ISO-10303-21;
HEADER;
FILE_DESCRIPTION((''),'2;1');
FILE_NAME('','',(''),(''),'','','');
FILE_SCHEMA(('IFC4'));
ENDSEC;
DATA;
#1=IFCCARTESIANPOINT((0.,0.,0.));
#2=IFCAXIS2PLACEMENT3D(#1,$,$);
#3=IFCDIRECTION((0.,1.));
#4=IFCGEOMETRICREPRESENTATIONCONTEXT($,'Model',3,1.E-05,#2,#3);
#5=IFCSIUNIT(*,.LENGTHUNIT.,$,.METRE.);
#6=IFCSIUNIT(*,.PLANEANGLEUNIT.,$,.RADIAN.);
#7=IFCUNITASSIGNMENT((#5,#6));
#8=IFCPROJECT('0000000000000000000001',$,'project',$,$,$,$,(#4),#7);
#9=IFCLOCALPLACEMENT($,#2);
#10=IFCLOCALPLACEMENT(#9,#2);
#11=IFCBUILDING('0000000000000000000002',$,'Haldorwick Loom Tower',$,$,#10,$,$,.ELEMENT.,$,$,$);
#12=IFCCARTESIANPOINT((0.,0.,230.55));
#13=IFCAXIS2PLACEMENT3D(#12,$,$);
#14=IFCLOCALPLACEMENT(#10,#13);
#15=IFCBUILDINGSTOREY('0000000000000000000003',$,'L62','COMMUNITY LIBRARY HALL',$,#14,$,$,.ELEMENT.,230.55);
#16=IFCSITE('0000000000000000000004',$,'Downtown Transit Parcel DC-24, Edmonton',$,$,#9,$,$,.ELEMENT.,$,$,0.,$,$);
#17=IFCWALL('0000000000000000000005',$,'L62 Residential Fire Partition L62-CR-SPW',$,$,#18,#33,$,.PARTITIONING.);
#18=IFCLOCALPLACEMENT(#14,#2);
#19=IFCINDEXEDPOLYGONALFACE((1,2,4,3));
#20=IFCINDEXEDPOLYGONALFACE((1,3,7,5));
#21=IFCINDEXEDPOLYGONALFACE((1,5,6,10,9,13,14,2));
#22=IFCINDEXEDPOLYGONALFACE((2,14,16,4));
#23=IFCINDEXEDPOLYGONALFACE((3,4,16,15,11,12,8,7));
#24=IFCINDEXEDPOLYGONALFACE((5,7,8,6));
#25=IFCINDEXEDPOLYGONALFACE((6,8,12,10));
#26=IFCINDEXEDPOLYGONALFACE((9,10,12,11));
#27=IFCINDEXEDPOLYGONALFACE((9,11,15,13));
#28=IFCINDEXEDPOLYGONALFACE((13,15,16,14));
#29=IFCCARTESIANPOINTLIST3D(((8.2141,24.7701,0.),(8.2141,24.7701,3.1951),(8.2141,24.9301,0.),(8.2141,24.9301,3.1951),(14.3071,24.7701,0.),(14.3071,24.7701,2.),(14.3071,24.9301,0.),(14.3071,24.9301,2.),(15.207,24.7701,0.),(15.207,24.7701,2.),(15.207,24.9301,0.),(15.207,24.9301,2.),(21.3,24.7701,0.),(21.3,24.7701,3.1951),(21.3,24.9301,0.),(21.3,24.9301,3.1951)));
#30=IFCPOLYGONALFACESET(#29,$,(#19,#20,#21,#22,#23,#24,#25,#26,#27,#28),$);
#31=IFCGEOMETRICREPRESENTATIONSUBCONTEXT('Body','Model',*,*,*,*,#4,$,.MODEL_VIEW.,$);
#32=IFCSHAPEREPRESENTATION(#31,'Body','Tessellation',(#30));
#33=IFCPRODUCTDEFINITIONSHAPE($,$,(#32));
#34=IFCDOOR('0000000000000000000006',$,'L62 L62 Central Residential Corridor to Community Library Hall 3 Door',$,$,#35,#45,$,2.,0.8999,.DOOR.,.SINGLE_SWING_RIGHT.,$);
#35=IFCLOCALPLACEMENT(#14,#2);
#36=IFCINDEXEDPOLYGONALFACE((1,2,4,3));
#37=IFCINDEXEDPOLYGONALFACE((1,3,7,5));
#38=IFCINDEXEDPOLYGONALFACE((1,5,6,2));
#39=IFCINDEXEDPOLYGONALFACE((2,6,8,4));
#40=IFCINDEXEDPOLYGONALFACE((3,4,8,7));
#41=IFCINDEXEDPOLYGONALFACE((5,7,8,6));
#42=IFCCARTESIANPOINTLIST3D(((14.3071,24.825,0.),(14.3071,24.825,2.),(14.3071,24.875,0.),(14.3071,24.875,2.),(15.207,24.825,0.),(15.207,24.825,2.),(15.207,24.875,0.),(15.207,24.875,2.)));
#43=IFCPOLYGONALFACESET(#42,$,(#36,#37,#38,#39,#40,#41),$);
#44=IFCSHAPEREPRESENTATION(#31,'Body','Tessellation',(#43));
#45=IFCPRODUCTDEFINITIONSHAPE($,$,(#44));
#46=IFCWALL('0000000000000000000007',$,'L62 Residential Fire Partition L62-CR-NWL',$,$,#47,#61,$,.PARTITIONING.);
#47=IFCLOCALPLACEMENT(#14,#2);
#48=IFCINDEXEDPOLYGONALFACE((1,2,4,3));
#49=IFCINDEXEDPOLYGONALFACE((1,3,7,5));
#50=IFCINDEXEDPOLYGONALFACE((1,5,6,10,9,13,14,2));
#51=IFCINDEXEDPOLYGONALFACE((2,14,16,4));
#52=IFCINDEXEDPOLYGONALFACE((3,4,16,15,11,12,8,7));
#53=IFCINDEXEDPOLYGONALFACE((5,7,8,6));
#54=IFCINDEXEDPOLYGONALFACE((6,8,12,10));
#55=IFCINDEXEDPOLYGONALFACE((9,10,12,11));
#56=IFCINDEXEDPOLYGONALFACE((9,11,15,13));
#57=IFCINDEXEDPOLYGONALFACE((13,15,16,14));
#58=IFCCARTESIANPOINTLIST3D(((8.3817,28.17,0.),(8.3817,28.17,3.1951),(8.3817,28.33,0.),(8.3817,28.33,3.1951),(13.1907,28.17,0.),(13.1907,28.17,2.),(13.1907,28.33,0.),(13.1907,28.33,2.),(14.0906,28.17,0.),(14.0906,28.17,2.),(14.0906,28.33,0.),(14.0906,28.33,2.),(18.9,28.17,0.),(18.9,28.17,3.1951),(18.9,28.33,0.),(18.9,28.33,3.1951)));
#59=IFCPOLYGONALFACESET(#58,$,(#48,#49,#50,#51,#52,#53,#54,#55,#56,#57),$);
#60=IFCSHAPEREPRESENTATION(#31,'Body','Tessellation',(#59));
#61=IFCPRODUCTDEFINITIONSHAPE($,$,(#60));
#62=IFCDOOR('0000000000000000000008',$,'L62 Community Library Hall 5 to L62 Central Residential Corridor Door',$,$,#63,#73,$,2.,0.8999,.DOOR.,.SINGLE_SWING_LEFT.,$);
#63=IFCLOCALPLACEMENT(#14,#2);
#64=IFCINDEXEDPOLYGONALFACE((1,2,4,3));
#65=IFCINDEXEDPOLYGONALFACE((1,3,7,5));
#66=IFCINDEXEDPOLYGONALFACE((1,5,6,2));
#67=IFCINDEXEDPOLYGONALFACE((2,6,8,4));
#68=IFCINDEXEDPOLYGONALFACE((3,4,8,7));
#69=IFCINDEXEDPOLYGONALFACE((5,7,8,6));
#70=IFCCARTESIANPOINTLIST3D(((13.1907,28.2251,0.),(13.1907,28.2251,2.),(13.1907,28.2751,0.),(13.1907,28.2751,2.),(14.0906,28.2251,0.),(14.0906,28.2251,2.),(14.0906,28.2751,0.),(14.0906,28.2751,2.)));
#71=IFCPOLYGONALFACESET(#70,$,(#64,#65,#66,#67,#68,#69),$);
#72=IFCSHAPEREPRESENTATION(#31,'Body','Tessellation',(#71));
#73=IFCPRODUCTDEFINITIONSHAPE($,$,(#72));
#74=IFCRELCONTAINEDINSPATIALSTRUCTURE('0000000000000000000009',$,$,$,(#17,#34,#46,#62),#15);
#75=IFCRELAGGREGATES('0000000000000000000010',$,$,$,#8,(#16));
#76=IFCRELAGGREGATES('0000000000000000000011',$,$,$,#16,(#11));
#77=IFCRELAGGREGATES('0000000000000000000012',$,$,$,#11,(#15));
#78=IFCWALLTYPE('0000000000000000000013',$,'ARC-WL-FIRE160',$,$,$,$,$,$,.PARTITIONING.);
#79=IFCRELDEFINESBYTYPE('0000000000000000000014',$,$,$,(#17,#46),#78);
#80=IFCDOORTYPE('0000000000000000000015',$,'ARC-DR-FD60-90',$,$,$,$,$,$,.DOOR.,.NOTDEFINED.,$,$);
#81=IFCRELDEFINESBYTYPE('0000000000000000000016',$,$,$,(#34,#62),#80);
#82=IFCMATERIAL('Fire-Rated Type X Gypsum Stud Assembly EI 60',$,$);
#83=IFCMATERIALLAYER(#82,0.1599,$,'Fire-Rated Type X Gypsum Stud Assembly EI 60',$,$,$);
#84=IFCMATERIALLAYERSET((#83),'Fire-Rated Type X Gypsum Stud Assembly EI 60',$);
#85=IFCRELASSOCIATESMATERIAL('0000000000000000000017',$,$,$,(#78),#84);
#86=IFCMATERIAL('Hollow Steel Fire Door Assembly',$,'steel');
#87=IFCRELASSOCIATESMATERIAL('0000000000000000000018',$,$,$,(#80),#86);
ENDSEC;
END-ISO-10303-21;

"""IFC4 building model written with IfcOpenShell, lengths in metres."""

from ifc_helpers import new_model, si_unit, direction, frame, frame_2d, origin, place, context, subcontext, project, spatial, rectangle, extrude, material, layer, layer_set, type_object, element, fill, save


model = new_model("IFC4")

# Units and contexts
model_context = context("Model", 3, precision=1e-05, world=origin(), true_north=direction((0.0, 1.0)))
body_context = subcontext(model_context, "Body", "Model", "MODEL_VIEW")
ifc_project = project(units=[si_unit("LENGTHUNIT", "METRE"), si_unit("PLANEANGLEUNIT", "RADIAN")], contexts=[model_context])

# Site, building, storey
site_placement = place(None, origin())
site = spatial("IfcSite", under=ifc_project, at=site_placement, Name="Downtown Transit Parcel DC-24, Edmonton", CompositionType="ELEMENT", RefElevation=0.0)
building_placement = place(site_placement, origin())
building = spatial("IfcBuilding", under=site, at=building_placement, Name="Haldorwick Loom Tower", CompositionType="ELEMENT")
storey_placement = place(building_placement, frame((0.0, 0.0, 230.55)))
storey = spatial("IfcBuildingStorey", under=building, at=storey_placement, Name="L62", Description="COMMUNITY LIBRARY HALL", CompositionType="ELEMENT", Elevation=230.55)

# Shared definitions
ifc_material_1 = material(Name="Fire-Rated Type X Gypsum Stud Assembly EI 60")
ifc_layer_1 = layer(ifc_material_1, 0.1599, Name="Fire-Rated Type X Gypsum Stud Assembly EI 60")
ifc_layer_set_1 = layer_set([ifc_layer_1], Name="Fire-Rated Type X Gypsum Stud Assembly EI 60")
wall_type_1 = type_object("IfcWallType", Name="ARC-WL-FIRE160", PredefinedType="PARTITIONING", material=ifc_layer_set_1)
ifc_material_2 = material(Name="Hollow Steel Fire Door Assembly", Category="steel")
door_type = type_object("IfcDoorType", Name="ARC-DR-FD60-90", OperationType="NOTDEFINED", PredefinedType="DOOR", material=ifc_material_2)

# Walls, openings, doors
wall_1_placement = place(storey_placement, frame((8.2141, 24.8501, 0.0), z_axis=(0.0, 0.0, 1.0), x_axis=(1.0, 0.0, 0.0)))
wall_1 = element("IfcWall", 1, at=wall_1_placement, inside=storey, type_object=wall_type_1, Name="L62 Residential Fire Partition L62-CR-SPW", PredefinedType="PARTITIONING", context=body_context, shape_type="SweptSolid", body=[
    extrude(rectangle(XDim=13.0859, YDim=0.1599, at=frame_2d((6.543, 0.0))), origin(), (0.0, 0.0, 1.0), 3.1951),
])
opening_1_placement = place(wall_1_placement, frame((6.093, 0.0, 0.0)))
opening_1 = element("IfcOpeningElement", 2, at=opening_1_placement, cuts=wall_1, PredefinedType="OPENING", context=body_context, shape_type="SweptSolid", body=[
    extrude(rectangle(XDim=0.8999, YDim=2.0, at=frame_2d((0.45, 1.0))), frame((0.0, 0.0898, 0.0), z_axis=(0.0, -1.0, 0.0), x_axis=(1.0, 0.0, 0.0)), (0.0, 0.0, 1.0), 0.1799),
])
door_1_placement = place(opening_1_placement, origin())
door_1 = element("IfcDoor", 3, at=door_1_placement, inside=storey, type_object=door_type, Name="L62 L62 Central Residential Corridor to Community Library Hall 3 Door", OperationType="SINGLE_SWING_RIGHT", OverallHeight=2.0, OverallWidth=0.8999, PredefinedType="DOOR", context=body_context, shape_type="SweptSolid", body=[
    extrude(rectangle(XDim=0.8999, YDim=2.0, at=frame_2d((0.45, 1.0))), frame((0.0, 0.0249, 0.0), z_axis=(0.0, -1.0, 0.0), x_axis=(1.0, 0.0, 0.0)), (0.0, 0.0, 1.0), 0.05),
])
fill(opening_1, door_1)
wall_2_placement = place(storey_placement, frame((8.3816, 28.25, 0.0), z_axis=(0.0, 0.0, 1.0), x_axis=(1.0, 0.0, 0.0)))
wall_2 = element("IfcWall", 4, at=wall_2_placement, inside=storey, type_object=wall_type_1, Name="L62 Residential Fire Partition L62-CR-NWL", PredefinedType="PARTITIONING", context=body_context, shape_type="SweptSolid", body=[
    extrude(rectangle(XDim=10.5183, YDim=0.1599, at=frame_2d((5.2593, 0.0))), origin(), (0.0, 0.0, 1.0), 3.1951),
])
opening_2_placement = place(wall_2_placement, frame((4.8091, 0.0, 0.0)))
opening_2 = element("IfcOpeningElement", 5, at=opening_2_placement, cuts=wall_2, PredefinedType="OPENING", context=body_context, shape_type="SweptSolid", body=[
    extrude(rectangle(XDim=0.8999, YDim=2.0, at=frame_2d((0.45, 1.0))), frame((0.0, 0.0898, 0.0), z_axis=(0.0, -1.0, 0.0), x_axis=(1.0, 0.0, 0.0)), (0.0, 0.0, 1.0), 0.1799),
])
door_2_placement = place(opening_2_placement, frame((0.8999, 0.0, 0.0), z_axis=(0.0, 0.0, 1.0), x_axis=(-1.0, 0.0, 0.0)))
door_2 = element("IfcDoor", 6, at=door_2_placement, inside=storey, type_object=door_type, Name="L62 Community Library Hall 5 to L62 Central Residential Corridor Door", OperationType="SINGLE_SWING_LEFT", OverallHeight=2.0, OverallWidth=0.8999, PredefinedType="DOOR", context=body_context, shape_type="SweptSolid", body=[
    extrude(rectangle(XDim=0.8999, YDim=2.0, at=frame_2d((0.45, 1.0))), frame((0.0, 0.0249, 0.0), z_axis=(0.0, -1.0, 0.0), x_axis=(1.0, 0.0, 0.0)), (0.0, 0.0, 1.0), 0.05),
])
fill(opening_2, door_2)

save(model, "model.ifc")
